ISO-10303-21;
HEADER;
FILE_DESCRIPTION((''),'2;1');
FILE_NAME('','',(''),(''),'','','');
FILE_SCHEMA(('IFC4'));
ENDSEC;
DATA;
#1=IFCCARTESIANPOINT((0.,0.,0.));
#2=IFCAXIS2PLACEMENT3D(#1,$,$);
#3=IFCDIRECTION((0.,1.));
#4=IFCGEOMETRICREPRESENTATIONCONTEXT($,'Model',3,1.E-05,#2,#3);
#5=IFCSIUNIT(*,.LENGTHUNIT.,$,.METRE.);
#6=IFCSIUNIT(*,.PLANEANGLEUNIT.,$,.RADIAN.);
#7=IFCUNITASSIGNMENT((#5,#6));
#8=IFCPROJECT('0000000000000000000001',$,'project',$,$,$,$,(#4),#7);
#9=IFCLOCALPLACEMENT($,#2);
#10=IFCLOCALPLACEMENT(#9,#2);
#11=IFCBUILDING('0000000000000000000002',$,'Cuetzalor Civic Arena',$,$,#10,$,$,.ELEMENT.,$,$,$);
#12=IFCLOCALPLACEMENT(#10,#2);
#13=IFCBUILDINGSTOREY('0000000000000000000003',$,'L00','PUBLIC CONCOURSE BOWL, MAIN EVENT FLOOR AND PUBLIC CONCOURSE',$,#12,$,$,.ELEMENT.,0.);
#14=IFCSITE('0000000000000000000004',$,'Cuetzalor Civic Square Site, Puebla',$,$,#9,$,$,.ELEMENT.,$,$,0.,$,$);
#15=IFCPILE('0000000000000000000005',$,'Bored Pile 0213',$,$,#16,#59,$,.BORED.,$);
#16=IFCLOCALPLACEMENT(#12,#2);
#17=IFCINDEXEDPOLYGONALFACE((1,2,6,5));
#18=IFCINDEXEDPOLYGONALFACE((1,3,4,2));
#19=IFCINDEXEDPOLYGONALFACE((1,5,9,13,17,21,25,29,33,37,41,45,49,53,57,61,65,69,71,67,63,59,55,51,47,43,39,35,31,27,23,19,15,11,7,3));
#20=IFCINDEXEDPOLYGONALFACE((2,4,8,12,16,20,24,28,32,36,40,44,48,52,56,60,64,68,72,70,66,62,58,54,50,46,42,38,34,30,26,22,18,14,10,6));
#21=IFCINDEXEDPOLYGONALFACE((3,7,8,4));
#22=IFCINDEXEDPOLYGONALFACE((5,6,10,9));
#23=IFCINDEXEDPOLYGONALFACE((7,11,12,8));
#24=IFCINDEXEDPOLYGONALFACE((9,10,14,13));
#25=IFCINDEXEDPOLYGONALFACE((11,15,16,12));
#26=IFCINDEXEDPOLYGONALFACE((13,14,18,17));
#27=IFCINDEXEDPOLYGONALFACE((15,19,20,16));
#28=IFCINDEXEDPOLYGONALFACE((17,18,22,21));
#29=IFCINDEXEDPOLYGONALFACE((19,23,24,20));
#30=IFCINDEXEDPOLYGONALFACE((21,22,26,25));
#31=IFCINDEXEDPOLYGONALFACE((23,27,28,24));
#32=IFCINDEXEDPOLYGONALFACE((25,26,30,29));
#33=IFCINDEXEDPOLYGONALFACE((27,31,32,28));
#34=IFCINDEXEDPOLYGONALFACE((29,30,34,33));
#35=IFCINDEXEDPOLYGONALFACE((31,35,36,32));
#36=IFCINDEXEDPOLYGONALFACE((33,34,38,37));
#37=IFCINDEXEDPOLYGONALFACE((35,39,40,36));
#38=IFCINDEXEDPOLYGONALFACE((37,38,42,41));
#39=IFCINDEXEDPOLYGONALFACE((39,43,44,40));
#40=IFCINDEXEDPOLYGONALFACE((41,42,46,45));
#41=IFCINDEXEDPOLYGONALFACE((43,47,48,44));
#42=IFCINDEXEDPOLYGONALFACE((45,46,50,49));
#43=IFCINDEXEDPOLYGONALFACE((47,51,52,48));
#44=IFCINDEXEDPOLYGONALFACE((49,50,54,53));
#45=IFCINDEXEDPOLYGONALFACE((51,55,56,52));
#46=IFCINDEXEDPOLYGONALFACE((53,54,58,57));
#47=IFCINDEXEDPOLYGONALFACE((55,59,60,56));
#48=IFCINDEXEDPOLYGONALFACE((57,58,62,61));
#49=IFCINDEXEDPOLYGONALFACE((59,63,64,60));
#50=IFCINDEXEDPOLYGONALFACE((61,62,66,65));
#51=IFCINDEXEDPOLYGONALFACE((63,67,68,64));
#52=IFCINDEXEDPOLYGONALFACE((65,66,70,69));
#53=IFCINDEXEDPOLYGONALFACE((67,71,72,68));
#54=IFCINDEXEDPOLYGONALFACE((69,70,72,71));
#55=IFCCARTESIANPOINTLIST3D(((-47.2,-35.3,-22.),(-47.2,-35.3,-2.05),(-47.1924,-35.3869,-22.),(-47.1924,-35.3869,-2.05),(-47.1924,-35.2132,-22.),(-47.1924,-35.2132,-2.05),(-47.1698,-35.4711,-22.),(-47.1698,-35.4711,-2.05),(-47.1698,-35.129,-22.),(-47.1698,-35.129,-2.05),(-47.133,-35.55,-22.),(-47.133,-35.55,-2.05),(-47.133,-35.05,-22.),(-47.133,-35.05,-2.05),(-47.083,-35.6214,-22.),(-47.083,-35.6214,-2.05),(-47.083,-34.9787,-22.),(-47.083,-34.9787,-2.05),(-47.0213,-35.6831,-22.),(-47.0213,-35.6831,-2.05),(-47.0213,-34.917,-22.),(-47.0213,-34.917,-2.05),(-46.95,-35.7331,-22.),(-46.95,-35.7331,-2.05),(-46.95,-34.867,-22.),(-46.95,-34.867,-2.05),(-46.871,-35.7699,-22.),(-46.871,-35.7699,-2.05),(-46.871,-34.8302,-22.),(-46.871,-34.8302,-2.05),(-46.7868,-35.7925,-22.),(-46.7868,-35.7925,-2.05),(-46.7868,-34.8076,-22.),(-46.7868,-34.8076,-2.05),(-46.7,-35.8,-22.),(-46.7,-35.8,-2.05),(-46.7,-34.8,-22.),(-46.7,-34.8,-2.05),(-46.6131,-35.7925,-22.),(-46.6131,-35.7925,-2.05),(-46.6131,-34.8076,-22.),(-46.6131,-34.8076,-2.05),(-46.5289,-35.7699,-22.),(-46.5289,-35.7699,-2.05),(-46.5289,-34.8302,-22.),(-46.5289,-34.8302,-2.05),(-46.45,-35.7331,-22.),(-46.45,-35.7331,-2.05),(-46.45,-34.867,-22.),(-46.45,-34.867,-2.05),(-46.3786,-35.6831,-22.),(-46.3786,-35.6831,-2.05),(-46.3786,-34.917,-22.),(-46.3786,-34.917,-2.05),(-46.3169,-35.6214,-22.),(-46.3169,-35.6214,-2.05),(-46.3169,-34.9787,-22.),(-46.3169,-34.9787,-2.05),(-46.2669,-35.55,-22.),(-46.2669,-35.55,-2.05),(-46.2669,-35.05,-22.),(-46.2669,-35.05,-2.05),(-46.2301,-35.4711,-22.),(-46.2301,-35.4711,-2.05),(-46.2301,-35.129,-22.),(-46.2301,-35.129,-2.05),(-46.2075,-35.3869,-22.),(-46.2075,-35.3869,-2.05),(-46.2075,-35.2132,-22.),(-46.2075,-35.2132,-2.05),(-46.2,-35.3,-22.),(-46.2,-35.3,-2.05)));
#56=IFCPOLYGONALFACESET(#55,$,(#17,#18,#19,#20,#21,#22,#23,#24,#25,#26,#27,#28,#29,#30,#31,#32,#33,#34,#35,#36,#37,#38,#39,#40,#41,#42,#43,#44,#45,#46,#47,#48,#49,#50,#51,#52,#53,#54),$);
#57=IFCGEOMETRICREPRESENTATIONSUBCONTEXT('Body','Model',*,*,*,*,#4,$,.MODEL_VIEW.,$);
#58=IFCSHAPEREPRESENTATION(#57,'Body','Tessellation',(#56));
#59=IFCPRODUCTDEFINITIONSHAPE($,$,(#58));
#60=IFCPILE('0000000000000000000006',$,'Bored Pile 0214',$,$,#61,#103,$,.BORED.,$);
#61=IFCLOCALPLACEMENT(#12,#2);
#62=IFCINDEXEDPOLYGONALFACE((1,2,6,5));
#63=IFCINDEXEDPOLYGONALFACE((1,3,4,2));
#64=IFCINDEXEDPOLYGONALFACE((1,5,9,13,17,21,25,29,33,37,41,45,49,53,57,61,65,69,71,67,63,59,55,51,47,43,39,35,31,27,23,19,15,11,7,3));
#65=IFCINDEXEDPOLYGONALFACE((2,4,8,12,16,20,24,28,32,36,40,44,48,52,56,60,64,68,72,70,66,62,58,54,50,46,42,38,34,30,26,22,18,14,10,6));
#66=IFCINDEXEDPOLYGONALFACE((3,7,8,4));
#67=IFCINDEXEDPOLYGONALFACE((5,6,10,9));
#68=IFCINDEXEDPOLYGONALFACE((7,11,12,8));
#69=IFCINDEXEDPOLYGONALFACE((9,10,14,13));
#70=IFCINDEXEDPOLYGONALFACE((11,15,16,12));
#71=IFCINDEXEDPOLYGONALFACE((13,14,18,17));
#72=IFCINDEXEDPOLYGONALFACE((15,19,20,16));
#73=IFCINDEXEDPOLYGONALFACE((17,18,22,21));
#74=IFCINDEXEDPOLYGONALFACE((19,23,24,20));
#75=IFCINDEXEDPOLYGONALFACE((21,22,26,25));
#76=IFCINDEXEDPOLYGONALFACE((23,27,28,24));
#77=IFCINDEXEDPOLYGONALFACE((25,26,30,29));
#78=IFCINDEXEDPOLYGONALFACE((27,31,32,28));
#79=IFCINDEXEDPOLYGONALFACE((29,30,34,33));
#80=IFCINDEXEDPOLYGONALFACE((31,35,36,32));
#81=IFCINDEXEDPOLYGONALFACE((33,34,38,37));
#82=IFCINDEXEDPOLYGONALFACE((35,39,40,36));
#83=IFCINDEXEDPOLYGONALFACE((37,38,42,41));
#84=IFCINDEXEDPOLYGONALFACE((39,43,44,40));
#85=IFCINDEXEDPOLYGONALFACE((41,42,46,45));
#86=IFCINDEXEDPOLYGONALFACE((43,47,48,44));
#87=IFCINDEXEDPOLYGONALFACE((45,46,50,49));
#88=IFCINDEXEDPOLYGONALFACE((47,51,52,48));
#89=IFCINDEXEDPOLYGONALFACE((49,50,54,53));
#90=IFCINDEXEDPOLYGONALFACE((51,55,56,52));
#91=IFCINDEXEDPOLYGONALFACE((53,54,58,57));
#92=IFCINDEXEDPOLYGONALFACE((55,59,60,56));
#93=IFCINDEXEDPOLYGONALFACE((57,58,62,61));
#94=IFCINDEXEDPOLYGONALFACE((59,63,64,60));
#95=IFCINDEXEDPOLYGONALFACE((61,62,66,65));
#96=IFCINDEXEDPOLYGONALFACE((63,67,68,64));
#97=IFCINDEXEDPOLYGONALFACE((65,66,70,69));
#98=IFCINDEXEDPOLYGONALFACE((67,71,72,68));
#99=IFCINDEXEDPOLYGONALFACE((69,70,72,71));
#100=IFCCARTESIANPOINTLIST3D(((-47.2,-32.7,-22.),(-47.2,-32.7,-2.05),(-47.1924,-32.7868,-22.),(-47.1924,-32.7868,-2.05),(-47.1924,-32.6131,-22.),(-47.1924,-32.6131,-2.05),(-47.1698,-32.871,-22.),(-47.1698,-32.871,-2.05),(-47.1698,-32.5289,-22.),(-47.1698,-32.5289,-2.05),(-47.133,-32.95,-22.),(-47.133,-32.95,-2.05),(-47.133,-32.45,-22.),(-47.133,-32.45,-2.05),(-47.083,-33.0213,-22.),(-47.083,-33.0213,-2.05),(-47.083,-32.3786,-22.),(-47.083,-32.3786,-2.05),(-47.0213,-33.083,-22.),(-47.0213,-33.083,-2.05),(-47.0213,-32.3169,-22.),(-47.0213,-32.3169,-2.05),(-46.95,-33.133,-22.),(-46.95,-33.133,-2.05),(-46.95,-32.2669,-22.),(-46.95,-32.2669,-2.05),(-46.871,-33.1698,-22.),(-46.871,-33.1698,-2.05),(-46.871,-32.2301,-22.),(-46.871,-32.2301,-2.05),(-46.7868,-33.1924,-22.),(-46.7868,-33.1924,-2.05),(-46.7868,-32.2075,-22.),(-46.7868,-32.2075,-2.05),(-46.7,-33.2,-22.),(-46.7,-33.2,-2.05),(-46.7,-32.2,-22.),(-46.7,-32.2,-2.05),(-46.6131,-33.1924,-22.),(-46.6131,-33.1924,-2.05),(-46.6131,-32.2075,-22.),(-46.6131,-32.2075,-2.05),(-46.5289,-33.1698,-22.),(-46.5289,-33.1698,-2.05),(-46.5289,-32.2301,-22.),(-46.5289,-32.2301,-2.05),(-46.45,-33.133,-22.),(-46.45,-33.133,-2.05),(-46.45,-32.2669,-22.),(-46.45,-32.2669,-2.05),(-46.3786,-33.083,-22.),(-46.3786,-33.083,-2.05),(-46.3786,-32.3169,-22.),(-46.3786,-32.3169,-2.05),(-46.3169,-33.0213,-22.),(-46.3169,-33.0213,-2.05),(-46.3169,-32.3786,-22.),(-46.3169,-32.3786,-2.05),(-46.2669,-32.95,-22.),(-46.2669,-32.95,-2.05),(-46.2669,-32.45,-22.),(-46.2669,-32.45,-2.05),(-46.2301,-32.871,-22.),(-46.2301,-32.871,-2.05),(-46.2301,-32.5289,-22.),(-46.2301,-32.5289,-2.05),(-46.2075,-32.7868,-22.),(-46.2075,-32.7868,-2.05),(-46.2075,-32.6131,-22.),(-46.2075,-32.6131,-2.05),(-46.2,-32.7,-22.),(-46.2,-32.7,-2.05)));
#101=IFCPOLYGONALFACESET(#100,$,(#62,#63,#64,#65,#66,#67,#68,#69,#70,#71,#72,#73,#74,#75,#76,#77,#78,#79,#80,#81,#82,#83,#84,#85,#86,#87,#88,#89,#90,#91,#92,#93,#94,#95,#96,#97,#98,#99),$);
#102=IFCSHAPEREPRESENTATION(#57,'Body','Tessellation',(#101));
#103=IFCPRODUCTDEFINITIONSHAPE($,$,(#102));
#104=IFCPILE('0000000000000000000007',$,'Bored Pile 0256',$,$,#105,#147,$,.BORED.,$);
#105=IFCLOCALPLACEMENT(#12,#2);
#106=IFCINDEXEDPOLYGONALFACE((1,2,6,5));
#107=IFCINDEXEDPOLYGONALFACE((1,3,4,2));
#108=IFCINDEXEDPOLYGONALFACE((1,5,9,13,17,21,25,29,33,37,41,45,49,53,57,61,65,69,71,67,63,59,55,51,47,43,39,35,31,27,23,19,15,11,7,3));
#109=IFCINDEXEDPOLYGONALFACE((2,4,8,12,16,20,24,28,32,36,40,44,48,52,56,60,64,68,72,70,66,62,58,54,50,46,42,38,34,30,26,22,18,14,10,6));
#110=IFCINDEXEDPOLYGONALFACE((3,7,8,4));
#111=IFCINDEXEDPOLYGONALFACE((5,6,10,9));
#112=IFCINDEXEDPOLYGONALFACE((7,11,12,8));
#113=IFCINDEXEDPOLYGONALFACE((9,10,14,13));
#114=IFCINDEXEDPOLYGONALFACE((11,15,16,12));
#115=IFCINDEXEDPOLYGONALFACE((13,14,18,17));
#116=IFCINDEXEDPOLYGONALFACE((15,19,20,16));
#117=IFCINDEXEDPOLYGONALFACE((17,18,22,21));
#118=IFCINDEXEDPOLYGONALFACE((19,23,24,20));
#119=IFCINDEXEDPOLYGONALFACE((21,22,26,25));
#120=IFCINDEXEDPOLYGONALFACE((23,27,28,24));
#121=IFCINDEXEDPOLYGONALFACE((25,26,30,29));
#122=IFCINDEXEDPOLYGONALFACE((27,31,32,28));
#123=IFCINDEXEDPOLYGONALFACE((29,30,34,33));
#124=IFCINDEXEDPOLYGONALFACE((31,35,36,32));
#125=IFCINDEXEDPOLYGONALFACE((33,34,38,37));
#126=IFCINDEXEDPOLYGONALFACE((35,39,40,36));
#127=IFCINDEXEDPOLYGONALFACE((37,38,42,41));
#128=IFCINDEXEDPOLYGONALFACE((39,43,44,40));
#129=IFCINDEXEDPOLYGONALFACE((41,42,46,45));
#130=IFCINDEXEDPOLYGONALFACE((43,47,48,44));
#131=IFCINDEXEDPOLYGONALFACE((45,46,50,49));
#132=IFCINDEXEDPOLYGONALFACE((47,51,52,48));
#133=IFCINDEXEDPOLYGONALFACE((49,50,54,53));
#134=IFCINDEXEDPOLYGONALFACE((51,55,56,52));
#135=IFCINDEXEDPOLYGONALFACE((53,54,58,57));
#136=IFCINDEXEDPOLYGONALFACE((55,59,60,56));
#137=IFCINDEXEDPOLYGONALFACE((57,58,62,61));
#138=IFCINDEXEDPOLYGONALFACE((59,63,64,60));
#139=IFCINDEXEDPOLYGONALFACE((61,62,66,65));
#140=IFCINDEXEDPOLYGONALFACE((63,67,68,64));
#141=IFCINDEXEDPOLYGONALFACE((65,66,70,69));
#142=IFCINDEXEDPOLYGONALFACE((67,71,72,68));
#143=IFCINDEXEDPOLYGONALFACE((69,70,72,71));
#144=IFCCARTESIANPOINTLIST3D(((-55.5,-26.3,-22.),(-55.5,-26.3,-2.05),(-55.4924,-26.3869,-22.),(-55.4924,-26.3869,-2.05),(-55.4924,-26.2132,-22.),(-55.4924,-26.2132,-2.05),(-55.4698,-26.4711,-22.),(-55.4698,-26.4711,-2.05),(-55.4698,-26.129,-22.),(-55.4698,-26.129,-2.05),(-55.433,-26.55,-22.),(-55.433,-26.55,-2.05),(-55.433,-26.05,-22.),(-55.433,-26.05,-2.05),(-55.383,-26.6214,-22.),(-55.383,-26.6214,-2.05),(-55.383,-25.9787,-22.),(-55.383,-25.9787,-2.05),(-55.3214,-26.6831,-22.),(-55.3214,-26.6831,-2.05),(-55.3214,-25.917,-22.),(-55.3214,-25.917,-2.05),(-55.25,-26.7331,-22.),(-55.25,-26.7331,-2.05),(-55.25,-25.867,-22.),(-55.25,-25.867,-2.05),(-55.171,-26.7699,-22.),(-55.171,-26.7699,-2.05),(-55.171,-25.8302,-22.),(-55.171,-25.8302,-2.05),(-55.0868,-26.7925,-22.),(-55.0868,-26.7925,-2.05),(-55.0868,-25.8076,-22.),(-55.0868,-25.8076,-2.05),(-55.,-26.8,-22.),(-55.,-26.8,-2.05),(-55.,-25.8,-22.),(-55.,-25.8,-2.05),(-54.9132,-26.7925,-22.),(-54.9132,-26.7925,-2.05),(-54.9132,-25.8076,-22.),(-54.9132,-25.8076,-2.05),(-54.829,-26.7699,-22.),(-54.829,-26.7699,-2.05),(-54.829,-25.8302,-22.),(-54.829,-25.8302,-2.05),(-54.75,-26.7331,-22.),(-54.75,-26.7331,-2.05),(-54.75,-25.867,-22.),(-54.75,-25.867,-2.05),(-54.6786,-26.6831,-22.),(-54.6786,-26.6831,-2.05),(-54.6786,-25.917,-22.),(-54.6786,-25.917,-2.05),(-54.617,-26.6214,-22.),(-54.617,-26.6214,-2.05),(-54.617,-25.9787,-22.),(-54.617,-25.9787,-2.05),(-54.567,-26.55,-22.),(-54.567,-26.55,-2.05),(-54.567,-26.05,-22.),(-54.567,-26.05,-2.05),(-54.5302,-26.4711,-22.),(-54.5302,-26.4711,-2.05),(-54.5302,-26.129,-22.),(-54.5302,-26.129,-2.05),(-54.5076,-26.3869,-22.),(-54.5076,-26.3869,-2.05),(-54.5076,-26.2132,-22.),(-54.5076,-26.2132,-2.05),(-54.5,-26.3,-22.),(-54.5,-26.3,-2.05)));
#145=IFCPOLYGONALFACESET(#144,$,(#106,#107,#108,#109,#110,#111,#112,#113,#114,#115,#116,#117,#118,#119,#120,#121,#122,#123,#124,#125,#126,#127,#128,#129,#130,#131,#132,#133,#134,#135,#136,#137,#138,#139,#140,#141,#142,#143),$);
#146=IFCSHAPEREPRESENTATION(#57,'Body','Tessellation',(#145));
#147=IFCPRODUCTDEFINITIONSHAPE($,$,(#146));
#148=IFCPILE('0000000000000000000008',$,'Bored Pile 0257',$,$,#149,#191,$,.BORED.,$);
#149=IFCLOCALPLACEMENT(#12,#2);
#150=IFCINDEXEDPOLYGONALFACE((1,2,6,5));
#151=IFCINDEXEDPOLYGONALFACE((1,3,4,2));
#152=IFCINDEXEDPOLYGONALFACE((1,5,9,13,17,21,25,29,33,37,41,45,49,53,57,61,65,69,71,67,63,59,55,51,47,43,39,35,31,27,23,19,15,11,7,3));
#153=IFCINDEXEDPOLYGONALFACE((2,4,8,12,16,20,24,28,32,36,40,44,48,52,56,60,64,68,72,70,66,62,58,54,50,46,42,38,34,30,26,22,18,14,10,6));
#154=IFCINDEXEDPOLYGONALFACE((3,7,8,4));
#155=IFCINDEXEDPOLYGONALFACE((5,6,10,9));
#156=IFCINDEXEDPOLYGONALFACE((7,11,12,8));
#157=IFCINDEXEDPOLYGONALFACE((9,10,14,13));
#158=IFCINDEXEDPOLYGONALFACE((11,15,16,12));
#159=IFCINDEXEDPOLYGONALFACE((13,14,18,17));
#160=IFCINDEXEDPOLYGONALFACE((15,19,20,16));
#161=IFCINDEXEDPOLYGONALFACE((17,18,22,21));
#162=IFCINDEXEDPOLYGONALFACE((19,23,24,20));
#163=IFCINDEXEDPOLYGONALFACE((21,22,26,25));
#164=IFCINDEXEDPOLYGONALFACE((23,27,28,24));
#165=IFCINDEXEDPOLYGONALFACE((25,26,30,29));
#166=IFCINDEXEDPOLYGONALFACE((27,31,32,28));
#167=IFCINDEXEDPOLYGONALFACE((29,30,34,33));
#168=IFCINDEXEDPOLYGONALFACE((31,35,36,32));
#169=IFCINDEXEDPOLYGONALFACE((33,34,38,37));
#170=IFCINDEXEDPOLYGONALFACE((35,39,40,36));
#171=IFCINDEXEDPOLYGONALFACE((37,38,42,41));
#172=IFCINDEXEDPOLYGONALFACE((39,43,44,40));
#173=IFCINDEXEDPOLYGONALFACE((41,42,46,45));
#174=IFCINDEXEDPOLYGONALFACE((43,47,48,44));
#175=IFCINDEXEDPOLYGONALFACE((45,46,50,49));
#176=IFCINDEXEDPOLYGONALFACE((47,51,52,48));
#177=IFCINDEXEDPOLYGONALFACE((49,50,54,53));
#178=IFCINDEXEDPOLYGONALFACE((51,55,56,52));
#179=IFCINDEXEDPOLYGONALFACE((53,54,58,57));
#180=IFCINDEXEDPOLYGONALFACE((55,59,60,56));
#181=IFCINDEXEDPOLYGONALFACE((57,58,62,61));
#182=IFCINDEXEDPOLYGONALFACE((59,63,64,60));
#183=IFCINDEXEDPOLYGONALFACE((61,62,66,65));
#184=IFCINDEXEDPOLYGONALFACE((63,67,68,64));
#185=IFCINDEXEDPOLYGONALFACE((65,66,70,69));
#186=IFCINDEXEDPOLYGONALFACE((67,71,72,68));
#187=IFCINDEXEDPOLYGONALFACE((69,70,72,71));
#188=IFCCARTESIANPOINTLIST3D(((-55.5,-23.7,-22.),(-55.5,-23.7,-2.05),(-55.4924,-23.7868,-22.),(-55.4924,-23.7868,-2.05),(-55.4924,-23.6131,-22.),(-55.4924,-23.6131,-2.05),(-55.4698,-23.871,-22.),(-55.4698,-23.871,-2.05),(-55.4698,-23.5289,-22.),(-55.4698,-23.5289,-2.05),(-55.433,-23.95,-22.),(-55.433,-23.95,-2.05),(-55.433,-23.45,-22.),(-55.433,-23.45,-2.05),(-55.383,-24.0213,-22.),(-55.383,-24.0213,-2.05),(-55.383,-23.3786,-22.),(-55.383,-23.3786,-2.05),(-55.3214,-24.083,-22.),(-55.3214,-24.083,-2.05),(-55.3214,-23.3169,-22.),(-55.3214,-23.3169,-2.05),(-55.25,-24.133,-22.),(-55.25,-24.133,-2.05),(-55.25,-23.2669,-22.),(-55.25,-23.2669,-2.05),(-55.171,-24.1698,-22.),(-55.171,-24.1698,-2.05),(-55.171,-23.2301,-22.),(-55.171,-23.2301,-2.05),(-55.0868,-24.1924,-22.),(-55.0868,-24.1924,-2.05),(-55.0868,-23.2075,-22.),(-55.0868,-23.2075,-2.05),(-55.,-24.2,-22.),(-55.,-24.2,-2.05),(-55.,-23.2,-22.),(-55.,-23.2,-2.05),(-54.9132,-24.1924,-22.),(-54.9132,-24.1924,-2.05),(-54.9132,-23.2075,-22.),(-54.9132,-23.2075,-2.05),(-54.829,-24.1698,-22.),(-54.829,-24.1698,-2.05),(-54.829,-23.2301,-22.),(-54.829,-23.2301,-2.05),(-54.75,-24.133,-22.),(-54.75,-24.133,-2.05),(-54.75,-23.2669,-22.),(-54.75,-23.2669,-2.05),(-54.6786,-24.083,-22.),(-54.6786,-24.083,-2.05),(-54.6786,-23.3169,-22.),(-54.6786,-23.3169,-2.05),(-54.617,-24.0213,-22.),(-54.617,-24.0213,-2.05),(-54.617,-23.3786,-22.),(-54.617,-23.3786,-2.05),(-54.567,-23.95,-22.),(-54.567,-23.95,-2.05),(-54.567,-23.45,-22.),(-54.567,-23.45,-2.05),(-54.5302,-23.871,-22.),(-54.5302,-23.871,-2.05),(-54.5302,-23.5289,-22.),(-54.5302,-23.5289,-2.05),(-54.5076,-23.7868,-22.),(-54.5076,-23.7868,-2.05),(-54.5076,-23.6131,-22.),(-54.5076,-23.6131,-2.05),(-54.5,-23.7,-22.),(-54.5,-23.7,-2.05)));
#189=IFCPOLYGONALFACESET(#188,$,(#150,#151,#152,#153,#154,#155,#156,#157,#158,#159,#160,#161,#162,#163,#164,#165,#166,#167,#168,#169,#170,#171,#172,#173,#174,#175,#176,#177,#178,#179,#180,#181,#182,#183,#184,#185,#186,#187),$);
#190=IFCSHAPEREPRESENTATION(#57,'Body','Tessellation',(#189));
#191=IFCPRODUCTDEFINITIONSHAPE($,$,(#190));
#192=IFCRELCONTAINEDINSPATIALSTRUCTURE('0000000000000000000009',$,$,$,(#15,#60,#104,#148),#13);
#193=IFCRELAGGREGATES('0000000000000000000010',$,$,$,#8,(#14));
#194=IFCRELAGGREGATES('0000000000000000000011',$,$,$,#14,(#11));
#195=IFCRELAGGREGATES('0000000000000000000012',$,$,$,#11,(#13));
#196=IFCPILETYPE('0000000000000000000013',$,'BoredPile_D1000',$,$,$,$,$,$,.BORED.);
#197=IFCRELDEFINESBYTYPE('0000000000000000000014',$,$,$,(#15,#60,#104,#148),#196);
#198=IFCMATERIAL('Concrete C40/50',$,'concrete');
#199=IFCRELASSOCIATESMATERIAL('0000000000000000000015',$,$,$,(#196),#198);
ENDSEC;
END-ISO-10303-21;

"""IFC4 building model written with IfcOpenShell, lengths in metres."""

from ifc_helpers import new_model, si_unit, direction, frame, origin, origin_2d, place, context, subcontext, project, spatial, circle, extrude, material, material_profile, profile_set, type_object, element, save


model = new_model("IFC4")

# Units and contexts
model_context = context("Model", 3, precision=1e-05, world=origin(), true_north=direction((0.0, 1.0)))
body_context = subcontext(model_context, "Body", "Model", "MODEL_VIEW")
ifc_project = project(units=[si_unit("LENGTHUNIT", "METRE"), si_unit("PLANEANGLEUNIT", "RADIAN")], contexts=[model_context])

# Site, building, storey
site_placement = place(None, origin())
site = spatial("IfcSite", under=ifc_project, at=site_placement, Name="Cuetzalor Civic Square Site, Puebla", CompositionType="ELEMENT", RefElevation=0.0)
building_placement = place(site_placement, origin())
building = spatial("IfcBuilding", under=site, at=building_placement, Name="Cuetzalor Civic Arena", CompositionType="ELEMENT")
storey_placement = place(building_placement, origin())
storey = spatial("IfcBuildingStorey", under=building, at=storey_placement, Name="L00", Description="PUBLIC CONCOURSE BOWL, MAIN EVENT FLOOR AND PUBLIC CONCOURSE", CompositionType="ELEMENT", Elevation=0.0)

# Piles
ifc_material_1 = material(Name="Concrete C40/50", Category="concrete")
ifc_material_profile_1 = material_profile(ifc_material_1, circle(Radius=0.5, at=origin_2d()), Name="BORED PILE D1000")
ifc_profile_set_1 = profile_set([ifc_material_profile_1], Name="Concrete C40/50")
pile_type_1 = type_object("IfcPileType", Name="BoredPile_D1000", PredefinedType="BORED", material=ifc_profile_set_1)
for number, where, z_axis, x_axis, name in (
    (1, (-46.7, -35.3, -2.05), (0.0, 0.0, -1.0), (1.0, 0.0, 0.0), "Bored Pile 0213"),
    (2, (-46.7, -32.7, -2.05), (0.0, 0.0, -1.0), (1.0, 0.0, 0.0), "Bored Pile 0214"),
    (3, (-55.0, -26.3, -2.05), (0.0, 0.0, -1.0), (1.0, 0.0, 0.0), "Bored Pile 0256"),
    (4, (-55.0, -23.7, -2.05), (0.0, 0.0, -1.0), (1.0, 0.0, 0.0), "Bored Pile 0257"),
):
    element("IfcPile", number, at=place(storey_placement, frame(where, z_axis=z_axis, x_axis=x_axis)), inside=storey, type_object=pile_type_1, Name=name, PredefinedType="BORED", context=body_context, shape_type="SweptSolid", body=[
        extrude(circle(Radius=0.5, at=origin_2d()), origin(), (0.0, 0.0, 1.0), 19.95),
    ])

save(model, "model.ifc")
